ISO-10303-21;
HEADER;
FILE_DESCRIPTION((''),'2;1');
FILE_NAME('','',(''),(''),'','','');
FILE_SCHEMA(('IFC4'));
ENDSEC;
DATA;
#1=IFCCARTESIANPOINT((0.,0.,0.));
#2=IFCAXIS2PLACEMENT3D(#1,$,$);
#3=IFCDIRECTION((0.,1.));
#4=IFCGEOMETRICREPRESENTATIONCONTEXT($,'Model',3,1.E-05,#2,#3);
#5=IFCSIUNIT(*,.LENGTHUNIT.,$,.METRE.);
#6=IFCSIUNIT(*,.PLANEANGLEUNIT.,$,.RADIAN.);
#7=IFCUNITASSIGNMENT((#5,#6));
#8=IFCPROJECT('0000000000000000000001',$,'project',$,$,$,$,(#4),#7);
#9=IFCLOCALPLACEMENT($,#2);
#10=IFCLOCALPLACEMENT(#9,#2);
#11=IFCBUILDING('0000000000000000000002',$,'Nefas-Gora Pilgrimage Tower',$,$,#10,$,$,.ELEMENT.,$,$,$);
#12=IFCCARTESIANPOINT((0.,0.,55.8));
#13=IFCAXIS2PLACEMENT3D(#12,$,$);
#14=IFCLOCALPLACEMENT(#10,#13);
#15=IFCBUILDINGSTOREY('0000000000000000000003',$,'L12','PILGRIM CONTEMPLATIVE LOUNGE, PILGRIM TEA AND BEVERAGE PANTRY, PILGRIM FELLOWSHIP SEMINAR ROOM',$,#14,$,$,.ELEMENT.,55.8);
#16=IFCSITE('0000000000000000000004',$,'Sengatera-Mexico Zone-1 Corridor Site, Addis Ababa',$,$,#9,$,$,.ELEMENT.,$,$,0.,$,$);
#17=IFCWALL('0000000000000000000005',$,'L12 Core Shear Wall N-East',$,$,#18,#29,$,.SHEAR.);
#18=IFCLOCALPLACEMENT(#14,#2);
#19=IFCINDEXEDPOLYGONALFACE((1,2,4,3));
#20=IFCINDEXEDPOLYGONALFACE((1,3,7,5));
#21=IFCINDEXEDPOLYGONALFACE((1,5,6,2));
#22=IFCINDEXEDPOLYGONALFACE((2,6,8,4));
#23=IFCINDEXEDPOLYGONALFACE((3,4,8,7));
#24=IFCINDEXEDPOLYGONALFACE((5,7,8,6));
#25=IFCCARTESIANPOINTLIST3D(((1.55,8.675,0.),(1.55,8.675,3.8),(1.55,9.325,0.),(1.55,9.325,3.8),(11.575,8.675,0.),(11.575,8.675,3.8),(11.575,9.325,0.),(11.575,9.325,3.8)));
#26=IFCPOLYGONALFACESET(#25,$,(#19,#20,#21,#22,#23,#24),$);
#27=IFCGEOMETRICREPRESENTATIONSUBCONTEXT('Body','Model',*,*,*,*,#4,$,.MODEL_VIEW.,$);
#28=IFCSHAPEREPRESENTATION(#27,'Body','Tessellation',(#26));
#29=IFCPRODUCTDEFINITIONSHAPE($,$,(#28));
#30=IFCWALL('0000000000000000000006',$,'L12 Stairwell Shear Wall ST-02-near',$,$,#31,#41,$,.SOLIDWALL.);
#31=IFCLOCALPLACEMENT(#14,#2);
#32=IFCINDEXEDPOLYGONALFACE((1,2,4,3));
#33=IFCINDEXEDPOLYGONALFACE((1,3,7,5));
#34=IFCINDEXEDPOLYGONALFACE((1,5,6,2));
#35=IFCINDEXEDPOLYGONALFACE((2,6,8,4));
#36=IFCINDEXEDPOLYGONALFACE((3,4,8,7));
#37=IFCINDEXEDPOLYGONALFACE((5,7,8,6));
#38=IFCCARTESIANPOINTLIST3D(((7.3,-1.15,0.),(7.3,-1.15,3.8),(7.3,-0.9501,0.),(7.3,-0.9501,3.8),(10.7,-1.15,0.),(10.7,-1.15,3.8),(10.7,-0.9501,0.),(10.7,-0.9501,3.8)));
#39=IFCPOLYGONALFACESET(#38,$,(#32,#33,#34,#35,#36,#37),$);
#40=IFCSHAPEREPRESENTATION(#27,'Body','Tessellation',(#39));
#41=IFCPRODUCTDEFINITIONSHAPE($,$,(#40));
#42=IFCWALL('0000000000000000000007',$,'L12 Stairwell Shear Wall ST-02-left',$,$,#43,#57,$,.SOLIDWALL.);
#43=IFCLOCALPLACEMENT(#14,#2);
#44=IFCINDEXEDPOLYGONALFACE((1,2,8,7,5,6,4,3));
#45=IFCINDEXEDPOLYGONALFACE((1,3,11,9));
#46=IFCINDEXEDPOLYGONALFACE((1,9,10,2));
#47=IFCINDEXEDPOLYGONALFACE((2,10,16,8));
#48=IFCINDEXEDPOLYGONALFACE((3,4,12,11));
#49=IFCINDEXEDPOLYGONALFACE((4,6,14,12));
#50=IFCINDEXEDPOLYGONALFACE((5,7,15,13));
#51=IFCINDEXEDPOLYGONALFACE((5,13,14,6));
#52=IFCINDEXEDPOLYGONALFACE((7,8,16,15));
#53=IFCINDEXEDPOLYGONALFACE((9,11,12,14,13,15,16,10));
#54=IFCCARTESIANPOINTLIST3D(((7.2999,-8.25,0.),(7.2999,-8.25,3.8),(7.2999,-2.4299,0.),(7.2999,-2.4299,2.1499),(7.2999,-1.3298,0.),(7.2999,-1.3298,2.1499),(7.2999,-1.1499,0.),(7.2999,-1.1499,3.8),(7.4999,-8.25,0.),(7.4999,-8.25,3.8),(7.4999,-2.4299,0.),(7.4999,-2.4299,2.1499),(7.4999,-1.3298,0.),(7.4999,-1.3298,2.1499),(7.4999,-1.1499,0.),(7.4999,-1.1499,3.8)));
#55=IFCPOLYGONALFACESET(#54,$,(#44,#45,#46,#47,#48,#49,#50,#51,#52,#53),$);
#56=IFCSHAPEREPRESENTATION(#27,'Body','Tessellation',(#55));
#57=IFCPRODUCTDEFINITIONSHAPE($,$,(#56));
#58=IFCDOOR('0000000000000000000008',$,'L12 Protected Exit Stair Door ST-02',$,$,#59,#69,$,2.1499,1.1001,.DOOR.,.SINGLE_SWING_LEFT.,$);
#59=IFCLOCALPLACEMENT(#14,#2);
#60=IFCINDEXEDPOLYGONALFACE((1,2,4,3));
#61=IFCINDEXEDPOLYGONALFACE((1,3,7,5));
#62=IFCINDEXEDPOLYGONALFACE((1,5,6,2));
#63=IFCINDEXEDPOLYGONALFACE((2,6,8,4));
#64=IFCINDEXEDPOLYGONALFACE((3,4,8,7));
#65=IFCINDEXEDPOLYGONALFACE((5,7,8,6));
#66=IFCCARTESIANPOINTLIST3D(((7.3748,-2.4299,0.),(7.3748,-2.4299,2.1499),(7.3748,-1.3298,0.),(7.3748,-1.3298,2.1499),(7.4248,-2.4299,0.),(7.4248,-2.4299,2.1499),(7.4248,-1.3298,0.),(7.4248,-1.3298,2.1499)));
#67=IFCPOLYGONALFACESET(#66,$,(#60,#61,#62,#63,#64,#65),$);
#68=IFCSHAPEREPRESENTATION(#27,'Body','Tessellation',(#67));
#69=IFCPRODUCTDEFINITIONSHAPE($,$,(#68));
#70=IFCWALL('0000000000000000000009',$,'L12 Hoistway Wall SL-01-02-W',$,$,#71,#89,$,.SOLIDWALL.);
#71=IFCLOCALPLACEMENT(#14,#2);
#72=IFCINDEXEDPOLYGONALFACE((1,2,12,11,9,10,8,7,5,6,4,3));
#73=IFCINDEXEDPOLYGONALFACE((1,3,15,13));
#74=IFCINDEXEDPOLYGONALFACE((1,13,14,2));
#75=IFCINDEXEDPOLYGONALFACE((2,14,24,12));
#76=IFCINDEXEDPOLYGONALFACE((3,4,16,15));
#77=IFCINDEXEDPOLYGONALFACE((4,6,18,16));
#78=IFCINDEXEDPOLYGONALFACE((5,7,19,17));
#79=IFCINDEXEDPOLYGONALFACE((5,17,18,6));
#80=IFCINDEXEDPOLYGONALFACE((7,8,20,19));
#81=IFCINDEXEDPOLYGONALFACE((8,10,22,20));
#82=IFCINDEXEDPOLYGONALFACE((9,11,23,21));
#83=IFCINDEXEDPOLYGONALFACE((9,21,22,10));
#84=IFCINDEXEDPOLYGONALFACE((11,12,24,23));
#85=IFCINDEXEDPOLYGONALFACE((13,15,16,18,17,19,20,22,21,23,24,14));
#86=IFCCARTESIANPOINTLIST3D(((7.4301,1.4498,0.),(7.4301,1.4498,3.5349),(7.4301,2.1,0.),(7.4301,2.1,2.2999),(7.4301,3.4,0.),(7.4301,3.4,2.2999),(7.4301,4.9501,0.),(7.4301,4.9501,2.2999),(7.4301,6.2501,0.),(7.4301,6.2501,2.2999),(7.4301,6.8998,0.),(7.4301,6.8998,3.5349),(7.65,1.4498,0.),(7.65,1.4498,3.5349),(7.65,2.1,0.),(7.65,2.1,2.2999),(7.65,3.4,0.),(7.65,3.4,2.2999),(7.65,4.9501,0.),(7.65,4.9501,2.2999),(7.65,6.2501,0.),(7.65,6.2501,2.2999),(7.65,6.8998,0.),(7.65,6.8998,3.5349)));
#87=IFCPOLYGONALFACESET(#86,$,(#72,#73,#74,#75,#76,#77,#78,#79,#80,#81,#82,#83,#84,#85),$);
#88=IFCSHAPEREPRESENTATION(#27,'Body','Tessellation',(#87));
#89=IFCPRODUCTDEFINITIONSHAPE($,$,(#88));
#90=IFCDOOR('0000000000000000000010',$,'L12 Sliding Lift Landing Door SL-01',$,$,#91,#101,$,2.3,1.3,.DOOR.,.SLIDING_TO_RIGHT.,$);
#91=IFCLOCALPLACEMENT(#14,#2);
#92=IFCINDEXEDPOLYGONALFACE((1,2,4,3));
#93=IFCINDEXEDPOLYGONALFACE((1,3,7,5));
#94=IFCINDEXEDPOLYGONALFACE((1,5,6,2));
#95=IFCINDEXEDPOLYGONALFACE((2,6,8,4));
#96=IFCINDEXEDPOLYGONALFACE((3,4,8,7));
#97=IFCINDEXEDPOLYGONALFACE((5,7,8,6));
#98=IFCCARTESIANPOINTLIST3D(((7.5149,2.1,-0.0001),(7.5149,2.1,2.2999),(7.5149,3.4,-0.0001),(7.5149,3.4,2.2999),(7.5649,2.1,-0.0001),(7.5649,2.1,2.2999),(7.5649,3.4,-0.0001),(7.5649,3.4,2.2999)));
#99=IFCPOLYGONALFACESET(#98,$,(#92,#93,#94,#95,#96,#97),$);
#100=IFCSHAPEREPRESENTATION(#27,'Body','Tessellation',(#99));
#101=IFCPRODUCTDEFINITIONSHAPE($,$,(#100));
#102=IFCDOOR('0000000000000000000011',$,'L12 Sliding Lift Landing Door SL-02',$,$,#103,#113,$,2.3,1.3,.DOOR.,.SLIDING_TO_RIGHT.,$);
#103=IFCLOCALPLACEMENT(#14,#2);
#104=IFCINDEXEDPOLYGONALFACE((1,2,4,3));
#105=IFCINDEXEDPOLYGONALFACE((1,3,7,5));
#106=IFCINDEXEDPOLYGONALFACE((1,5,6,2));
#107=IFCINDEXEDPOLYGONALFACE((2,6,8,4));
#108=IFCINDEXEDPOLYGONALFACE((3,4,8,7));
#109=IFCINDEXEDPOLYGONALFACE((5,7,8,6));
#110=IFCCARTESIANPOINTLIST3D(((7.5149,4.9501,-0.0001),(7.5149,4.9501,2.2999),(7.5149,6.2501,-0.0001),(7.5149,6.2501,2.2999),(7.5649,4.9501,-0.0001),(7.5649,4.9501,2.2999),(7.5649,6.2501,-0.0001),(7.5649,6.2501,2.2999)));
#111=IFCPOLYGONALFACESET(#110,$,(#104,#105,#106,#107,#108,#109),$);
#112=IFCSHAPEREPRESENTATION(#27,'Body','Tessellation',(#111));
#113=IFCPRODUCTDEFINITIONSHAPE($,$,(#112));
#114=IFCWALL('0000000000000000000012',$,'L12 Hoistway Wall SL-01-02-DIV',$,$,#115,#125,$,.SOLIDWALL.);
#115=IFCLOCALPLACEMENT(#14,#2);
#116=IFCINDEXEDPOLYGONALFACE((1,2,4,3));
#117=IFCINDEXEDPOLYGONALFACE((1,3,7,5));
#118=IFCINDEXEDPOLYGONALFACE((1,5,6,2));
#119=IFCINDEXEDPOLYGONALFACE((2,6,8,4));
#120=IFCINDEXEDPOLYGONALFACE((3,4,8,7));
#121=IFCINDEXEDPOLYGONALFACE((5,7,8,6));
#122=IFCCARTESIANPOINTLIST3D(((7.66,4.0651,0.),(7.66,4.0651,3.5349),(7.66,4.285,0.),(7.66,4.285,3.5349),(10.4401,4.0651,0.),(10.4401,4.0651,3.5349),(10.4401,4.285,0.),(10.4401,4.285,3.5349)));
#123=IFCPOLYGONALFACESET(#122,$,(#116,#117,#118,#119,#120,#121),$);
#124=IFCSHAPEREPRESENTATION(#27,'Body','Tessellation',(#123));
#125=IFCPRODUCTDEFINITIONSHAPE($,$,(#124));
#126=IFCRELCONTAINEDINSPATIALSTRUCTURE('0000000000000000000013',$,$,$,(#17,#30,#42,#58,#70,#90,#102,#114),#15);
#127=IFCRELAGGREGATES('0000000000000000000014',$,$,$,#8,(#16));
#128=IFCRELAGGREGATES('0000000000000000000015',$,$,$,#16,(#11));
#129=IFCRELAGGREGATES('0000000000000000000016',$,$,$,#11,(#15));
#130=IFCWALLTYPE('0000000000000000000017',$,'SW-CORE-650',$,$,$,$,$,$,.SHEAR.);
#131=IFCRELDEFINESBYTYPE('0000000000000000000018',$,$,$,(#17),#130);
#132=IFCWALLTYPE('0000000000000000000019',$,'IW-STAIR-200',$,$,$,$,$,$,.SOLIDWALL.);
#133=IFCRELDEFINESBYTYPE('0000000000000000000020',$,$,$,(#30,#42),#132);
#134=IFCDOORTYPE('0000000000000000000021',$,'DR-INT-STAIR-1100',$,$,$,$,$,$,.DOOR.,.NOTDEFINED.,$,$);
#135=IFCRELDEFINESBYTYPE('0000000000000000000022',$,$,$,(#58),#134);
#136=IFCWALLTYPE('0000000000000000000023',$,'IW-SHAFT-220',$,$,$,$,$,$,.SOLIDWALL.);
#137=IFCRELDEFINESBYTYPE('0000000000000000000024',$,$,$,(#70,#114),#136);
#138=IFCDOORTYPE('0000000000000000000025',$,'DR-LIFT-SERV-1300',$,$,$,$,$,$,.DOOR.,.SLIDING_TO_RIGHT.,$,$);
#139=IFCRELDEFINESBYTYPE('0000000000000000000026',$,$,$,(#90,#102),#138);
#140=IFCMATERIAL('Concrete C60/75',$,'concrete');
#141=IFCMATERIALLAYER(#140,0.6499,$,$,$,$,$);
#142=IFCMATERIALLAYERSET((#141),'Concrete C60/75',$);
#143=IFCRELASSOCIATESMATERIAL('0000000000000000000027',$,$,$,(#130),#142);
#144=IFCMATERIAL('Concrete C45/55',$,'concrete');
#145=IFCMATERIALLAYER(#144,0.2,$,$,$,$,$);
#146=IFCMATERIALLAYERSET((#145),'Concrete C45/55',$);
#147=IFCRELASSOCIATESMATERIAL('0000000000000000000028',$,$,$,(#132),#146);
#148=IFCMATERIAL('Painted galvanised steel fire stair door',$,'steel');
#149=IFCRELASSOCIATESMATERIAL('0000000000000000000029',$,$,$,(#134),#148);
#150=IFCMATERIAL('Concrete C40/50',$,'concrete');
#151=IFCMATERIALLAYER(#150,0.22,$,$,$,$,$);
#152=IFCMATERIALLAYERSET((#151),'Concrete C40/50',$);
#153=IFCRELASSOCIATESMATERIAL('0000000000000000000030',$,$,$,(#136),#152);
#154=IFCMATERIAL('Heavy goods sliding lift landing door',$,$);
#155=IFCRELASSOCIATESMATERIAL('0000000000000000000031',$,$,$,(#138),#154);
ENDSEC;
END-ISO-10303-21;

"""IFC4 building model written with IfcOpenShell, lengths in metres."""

from ifc_helpers import new_model, si_unit, direction, frame, frame_2d, origin, place, context, subcontext, project, spatial, rectangle, extrude, source, transform, mapped, material, layer, layer_set, type_object, element, fill, save


model = new_model("IFC4")

# Units and contexts
model_context = context("Model", 3, precision=1e-05, world=origin(), true_north=direction((0.0, 1.0)))
body_context = subcontext(model_context, "Body", "Model", "MODEL_VIEW")
ifc_project = project(units=[si_unit("LENGTHUNIT", "METRE"), si_unit("PLANEANGLEUNIT", "RADIAN")], contexts=[model_context])

# Site, building, storey
site_placement = place(None, origin())
site = spatial("IfcSite", under=ifc_project, at=site_placement, Name="Sengatera-Mexico Zone-1 Corridor Site, Addis Ababa", CompositionType="ELEMENT", RefElevation=0.0)
building_placement = place(site_placement, origin())
building = spatial("IfcBuilding", under=site, at=building_placement, Name="Nefas-Gora Pilgrimage Tower", CompositionType="ELEMENT")
storey_placement = place(building_placement, frame((0.0, 0.0, 55.8)))
storey = spatial("IfcBuildingStorey", under=building, at=storey_placement, Name="L12", Description="PILGRIM CONTEMPLATIVE LOUNGE, PILGRIM TEA AND BEVERAGE PANTRY, PILGRIM FELLOWSHIP SEMINAR ROOM", CompositionType="ELEMENT", Elevation=55.8)

# Walls
ifc_material_1 = material(Name="Concrete C60/75", Category="concrete")
ifc_layer_1 = layer(ifc_material_1, 0.6499)
ifc_layer_set_1 = layer_set([ifc_layer_1], Name="Concrete C60/75")
wall_type_1 = type_object("IfcWallType", Name="SW-CORE-650", PredefinedType="SHEAR", material=ifc_layer_set_1)
shared_shape_1 = source(origin(), body_context, "Body", "SweptSolid", [
    extrude(rectangle(XDim=10.0249, YDim=0.6499, at=frame_2d((5.0125, 0.0))), origin(), (0.0, 0.0, 1.0), 3.8),
])
wall_1_placement = place(storey_placement, frame((1.55, 9.0, 0.0), z_axis=(0.0, 0.0, 1.0), x_axis=(1.0, 0.0, 0.0)))
element("IfcWall", 1, at=wall_1_placement, inside=storey, type_object=wall_type_1, Name="L12 Core Shear Wall N-East", PredefinedType="SHEAR", context=body_context, shape_type="MappedRepresentation", body=[
    mapped(shared_shape_1, transform((0.0, 0.0, 0.0), x_axis=(1.0, 0.0, 0.0), y_axis=(0.0, 1.0, 0.0), z_axis=(0.0, 0.0, 1.0), scale=1.0)),
])
ifc_material_2 = material(Name="Concrete C45/55", Category="concrete")
ifc_layer_2 = layer(ifc_material_2, 0.2)
ifc_layer_set_2 = layer_set([ifc_layer_2], Name="Concrete C45/55")
wall_type_2 = type_object("IfcWallType", Name="IW-STAIR-200", PredefinedType="SOLIDWALL", material=ifc_layer_set_2)
shared_shape_2 = source(origin(), body_context, "Body", "SweptSolid", [
    extrude(rectangle(XDim=3.3999, YDim=0.2, at=frame_2d((1.7, 0.0))), origin(), (0.0, 0.0, 1.0), 3.8),
])
wall_2_placement = place(storey_placement, frame((7.3, -1.05, 0.0), z_axis=(0.0, 0.0, 1.0), x_axis=(1.0, 0.0, 0.0)))
element("IfcWall", 2, at=wall_2_placement, inside=storey, type_object=wall_type_2, Name="L12 Stairwell Shear Wall ST-02-near", PredefinedType="SOLIDWALL", context=body_context, shape_type="MappedRepresentation", body=[
    mapped(shared_shape_2, transform((0.0, 0.0, 0.0), x_axis=(1.0, 0.0, 0.0), y_axis=(0.0, 1.0, 0.0), z_axis=(0.0, 0.0, 1.0), scale=1.0)),
])

# Wall, opening, door
shared_shape_3 = source(origin(), body_context, "Body", "SweptSolid", [
    extrude(rectangle(XDim=7.1001, YDim=0.2, at=frame_2d((3.55, 0.0))), origin(), (0.0, 0.0, 1.0), 3.8),
])
wall_3_placement = place(storey_placement, frame((7.3999, -1.1499, 0.0), z_axis=(0.0, 0.0, 1.0), x_axis=(0.0, -1.0, 0.0)))
wall_3 = element("IfcWall", 3, at=wall_3_placement, inside=storey, type_object=wall_type_2, Name="L12 Stairwell Shear Wall ST-02-left", PredefinedType="SOLIDWALL", context=body_context, shape_type="MappedRepresentation", body=[
    mapped(shared_shape_3, transform((0.0, 0.0, 0.0), x_axis=(1.0, 0.0, 0.0), y_axis=(0.0, 1.0, 0.0), z_axis=(0.0, 0.0, 1.0), scale=1.0)),
])
opening_1_placement = place(wall_3_placement, frame((0.1799, 0.0, 0.0)))
opening_1 = element("IfcOpeningElement", 4, at=opening_1_placement, cuts=wall_3, PredefinedType="OPENING", context=body_context, shape_type="SweptSolid", body=[
    extrude(rectangle(XDim=1.1001, YDim=2.1499, at=frame_2d((0.55, 1.075))), frame((0.0, 0.1099, 0.0), z_axis=(0.0, -1.0, 0.0), x_axis=(1.0, 0.0, 0.0)), (0.0, 0.0, 1.0), 0.22),
])
ifc_material_3 = material(Name="Painted galvanised steel fire stair door", Category="steel")
door_type_1 = type_object("IfcDoorType", Name="DR-INT-STAIR-1100", OperationType="NOTDEFINED", PredefinedType="DOOR", material=ifc_material_3)
shared_shape_4 = source(origin(), body_context, "Body", "SweptSolid", [
    extrude(rectangle(XDim=1.1001, YDim=2.1499, at=frame_2d((0.55, 1.075))), frame((0.0, 0.0249, 0.0), z_axis=(0.0, -1.0, 0.0), x_axis=(1.0, 0.0, 0.0)), (0.0, 0.0, 1.0), 0.05),
])
door_1_placement = place(opening_1_placement, origin())
door_1 = element("IfcDoor", 5, at=door_1_placement, inside=storey, type_object=door_type_1, Name="L12 Protected Exit Stair Door ST-02", OperationType="SINGLE_SWING_LEFT", OverallHeight=2.1499, OverallWidth=1.1001, PredefinedType="DOOR", context=body_context, shape_type="MappedRepresentation", body=[
    mapped(shared_shape_4, transform((0.0, 0.0, 0.0), x_axis=(1.0, 0.0, 0.0), y_axis=(0.0, 1.0, 0.0), z_axis=(0.0, 0.0, 1.0), scale=1.0)),
])
fill(opening_1, door_1)

# Wall, openings, doors
ifc_material_4 = material(Name="Concrete C40/50", Category="concrete")
ifc_layer_3 = layer(ifc_material_4, 0.22)
ifc_layer_set_3 = layer_set([ifc_layer_3], Name="Concrete C40/50")
wall_type_3 = type_object("IfcWallType", Name="IW-SHAFT-220", PredefinedType="SOLIDWALL", material=ifc_layer_set_3)
shared_shape_5 = source(origin(), body_context, "Body", "SweptSolid", [
    extrude(rectangle(XDim=5.45, YDim=0.22, at=frame_2d((2.7251, 0.0))), origin(), (0.0, 0.0, 1.0), 3.5349),
])
wall_4_placement = place(storey_placement, frame((7.54, 6.8999, 0.0), z_axis=(0.0, 0.0, 1.0), x_axis=(0.0, -1.0, 0.0)))
wall_4 = element("IfcWall", 6, at=wall_4_placement, inside=storey, type_object=wall_type_3, Name="L12 Hoistway Wall SL-01-02-W", PredefinedType="SOLIDWALL", context=body_context, shape_type="MappedRepresentation", body=[
    mapped(shared_shape_5, transform((0.0, 0.0, 0.0), x_axis=(1.0, 0.0, 0.0), y_axis=(0.0, 1.0, 0.0), z_axis=(0.0, 0.0, 1.0), scale=1.0)),
])
opening_2_placement = place(wall_4_placement, frame((3.5, 0.0, 0.0)))
opening_2 = element("IfcOpeningElement", 7, at=opening_2_placement, cuts=wall_4, PredefinedType="OPENING", context=body_context, shape_type="SweptSolid", body=[
    extrude(rectangle(XDim=1.3, YDim=2.3, at=frame_2d((0.6499, 1.1499))), frame((0.0, 0.1199, 0.0), z_axis=(0.0, -1.0, 0.0), x_axis=(1.0, 0.0, 0.0)), (0.0, 0.0, 1.0), 0.24),
])
opening_3_placement = place(wall_4_placement, frame((0.6499, 0.0, 0.0)))
opening_3 = element("IfcOpeningElement", 8, at=opening_3_placement, cuts=wall_4, PredefinedType="OPENING", context=body_context, shape_type="SweptSolid", body=[
    extrude(rectangle(XDim=1.3, YDim=2.3, at=frame_2d((0.6499, 1.1499))), frame((0.0, 0.1199, 0.0), z_axis=(0.0, -1.0, 0.0), x_axis=(1.0, 0.0, 0.0)), (0.0, 0.0, 1.0), 0.24),
])
ifc_material_5 = material(Name="Heavy goods sliding lift landing door")
door_type_2 = type_object("IfcDoorType", Name="DR-LIFT-SERV-1300", OperationType="SLIDING_TO_RIGHT", PredefinedType="DOOR", material=ifc_material_5)
shared_shape_6 = source(origin(), body_context, "Body", "SweptSolid", [
    extrude(rectangle(XDim=1.3, YDim=2.3, at=frame_2d((0.6499, 1.1499))), frame((0.0, 0.0249, 0.0), z_axis=(0.0, -1.0, 0.0), x_axis=(1.0, 0.0, 0.0)), (0.0, 0.0, 1.0), 0.05),
])
door_2_placement = place(opening_2_placement, origin())
door_2 = element("IfcDoor", 9, at=door_2_placement, inside=storey, type_object=door_type_2, Name="L12 Sliding Lift Landing Door SL-01", OperationType="SLIDING_TO_RIGHT", OverallHeight=2.3, OverallWidth=1.3, PredefinedType="DOOR", context=body_context, shape_type="MappedRepresentation", body=[
    mapped(shared_shape_6, transform((0.0, 0.0, 0.0), x_axis=(1.0, 0.0, 0.0), y_axis=(0.0, 1.0, 0.0), z_axis=(0.0, 0.0, 1.0), scale=1.0)),
])
fill(opening_2, door_2)
door_3_placement = place(opening_3_placement, origin())
door_3 = element("IfcDoor", 10, at=door_3_placement, inside=storey, type_object=door_type_2, Name="L12 Sliding Lift Landing Door SL-02", OperationType="SLIDING_TO_RIGHT", OverallHeight=2.3, OverallWidth=1.3, PredefinedType="DOOR", context=body_context, shape_type="MappedRepresentation", body=[
    mapped(shared_shape_6, transform((0.0, 0.0, 0.0), x_axis=(1.0, 0.0, 0.0), y_axis=(0.0, 1.0, 0.0), z_axis=(0.0, 0.0, 1.0), scale=1.0)),
])
fill(opening_3, door_3)

# Wall
shared_shape_7 = source(origin(), body_context, "Body", "SweptSolid", [
    extrude(rectangle(XDim=2.78, YDim=0.22, at=frame_2d((1.3901, 0.0))), origin(), (0.0, 0.0, 1.0), 3.5349),
])
wall_5_placement = place(storey_placement, frame((7.6599, 4.175, 0.0), z_axis=(0.0, 0.0, 1.0), x_axis=(1.0, 0.0, 0.0)))
element("IfcWall", 11, at=wall_5_placement, inside=storey, type_object=wall_type_3, Name="L12 Hoistway Wall SL-01-02-DIV", PredefinedType="SOLIDWALL", context=body_context, shape_type="MappedRepresentation", body=[
    mapped(shared_shape_7, transform((0.0, 0.0, 0.0), x_axis=(1.0, 0.0, 0.0), y_axis=(0.0, 1.0, 0.0), z_axis=(0.0, 0.0, 1.0), scale=1.0)),
])

save(model, "model.ifc")
